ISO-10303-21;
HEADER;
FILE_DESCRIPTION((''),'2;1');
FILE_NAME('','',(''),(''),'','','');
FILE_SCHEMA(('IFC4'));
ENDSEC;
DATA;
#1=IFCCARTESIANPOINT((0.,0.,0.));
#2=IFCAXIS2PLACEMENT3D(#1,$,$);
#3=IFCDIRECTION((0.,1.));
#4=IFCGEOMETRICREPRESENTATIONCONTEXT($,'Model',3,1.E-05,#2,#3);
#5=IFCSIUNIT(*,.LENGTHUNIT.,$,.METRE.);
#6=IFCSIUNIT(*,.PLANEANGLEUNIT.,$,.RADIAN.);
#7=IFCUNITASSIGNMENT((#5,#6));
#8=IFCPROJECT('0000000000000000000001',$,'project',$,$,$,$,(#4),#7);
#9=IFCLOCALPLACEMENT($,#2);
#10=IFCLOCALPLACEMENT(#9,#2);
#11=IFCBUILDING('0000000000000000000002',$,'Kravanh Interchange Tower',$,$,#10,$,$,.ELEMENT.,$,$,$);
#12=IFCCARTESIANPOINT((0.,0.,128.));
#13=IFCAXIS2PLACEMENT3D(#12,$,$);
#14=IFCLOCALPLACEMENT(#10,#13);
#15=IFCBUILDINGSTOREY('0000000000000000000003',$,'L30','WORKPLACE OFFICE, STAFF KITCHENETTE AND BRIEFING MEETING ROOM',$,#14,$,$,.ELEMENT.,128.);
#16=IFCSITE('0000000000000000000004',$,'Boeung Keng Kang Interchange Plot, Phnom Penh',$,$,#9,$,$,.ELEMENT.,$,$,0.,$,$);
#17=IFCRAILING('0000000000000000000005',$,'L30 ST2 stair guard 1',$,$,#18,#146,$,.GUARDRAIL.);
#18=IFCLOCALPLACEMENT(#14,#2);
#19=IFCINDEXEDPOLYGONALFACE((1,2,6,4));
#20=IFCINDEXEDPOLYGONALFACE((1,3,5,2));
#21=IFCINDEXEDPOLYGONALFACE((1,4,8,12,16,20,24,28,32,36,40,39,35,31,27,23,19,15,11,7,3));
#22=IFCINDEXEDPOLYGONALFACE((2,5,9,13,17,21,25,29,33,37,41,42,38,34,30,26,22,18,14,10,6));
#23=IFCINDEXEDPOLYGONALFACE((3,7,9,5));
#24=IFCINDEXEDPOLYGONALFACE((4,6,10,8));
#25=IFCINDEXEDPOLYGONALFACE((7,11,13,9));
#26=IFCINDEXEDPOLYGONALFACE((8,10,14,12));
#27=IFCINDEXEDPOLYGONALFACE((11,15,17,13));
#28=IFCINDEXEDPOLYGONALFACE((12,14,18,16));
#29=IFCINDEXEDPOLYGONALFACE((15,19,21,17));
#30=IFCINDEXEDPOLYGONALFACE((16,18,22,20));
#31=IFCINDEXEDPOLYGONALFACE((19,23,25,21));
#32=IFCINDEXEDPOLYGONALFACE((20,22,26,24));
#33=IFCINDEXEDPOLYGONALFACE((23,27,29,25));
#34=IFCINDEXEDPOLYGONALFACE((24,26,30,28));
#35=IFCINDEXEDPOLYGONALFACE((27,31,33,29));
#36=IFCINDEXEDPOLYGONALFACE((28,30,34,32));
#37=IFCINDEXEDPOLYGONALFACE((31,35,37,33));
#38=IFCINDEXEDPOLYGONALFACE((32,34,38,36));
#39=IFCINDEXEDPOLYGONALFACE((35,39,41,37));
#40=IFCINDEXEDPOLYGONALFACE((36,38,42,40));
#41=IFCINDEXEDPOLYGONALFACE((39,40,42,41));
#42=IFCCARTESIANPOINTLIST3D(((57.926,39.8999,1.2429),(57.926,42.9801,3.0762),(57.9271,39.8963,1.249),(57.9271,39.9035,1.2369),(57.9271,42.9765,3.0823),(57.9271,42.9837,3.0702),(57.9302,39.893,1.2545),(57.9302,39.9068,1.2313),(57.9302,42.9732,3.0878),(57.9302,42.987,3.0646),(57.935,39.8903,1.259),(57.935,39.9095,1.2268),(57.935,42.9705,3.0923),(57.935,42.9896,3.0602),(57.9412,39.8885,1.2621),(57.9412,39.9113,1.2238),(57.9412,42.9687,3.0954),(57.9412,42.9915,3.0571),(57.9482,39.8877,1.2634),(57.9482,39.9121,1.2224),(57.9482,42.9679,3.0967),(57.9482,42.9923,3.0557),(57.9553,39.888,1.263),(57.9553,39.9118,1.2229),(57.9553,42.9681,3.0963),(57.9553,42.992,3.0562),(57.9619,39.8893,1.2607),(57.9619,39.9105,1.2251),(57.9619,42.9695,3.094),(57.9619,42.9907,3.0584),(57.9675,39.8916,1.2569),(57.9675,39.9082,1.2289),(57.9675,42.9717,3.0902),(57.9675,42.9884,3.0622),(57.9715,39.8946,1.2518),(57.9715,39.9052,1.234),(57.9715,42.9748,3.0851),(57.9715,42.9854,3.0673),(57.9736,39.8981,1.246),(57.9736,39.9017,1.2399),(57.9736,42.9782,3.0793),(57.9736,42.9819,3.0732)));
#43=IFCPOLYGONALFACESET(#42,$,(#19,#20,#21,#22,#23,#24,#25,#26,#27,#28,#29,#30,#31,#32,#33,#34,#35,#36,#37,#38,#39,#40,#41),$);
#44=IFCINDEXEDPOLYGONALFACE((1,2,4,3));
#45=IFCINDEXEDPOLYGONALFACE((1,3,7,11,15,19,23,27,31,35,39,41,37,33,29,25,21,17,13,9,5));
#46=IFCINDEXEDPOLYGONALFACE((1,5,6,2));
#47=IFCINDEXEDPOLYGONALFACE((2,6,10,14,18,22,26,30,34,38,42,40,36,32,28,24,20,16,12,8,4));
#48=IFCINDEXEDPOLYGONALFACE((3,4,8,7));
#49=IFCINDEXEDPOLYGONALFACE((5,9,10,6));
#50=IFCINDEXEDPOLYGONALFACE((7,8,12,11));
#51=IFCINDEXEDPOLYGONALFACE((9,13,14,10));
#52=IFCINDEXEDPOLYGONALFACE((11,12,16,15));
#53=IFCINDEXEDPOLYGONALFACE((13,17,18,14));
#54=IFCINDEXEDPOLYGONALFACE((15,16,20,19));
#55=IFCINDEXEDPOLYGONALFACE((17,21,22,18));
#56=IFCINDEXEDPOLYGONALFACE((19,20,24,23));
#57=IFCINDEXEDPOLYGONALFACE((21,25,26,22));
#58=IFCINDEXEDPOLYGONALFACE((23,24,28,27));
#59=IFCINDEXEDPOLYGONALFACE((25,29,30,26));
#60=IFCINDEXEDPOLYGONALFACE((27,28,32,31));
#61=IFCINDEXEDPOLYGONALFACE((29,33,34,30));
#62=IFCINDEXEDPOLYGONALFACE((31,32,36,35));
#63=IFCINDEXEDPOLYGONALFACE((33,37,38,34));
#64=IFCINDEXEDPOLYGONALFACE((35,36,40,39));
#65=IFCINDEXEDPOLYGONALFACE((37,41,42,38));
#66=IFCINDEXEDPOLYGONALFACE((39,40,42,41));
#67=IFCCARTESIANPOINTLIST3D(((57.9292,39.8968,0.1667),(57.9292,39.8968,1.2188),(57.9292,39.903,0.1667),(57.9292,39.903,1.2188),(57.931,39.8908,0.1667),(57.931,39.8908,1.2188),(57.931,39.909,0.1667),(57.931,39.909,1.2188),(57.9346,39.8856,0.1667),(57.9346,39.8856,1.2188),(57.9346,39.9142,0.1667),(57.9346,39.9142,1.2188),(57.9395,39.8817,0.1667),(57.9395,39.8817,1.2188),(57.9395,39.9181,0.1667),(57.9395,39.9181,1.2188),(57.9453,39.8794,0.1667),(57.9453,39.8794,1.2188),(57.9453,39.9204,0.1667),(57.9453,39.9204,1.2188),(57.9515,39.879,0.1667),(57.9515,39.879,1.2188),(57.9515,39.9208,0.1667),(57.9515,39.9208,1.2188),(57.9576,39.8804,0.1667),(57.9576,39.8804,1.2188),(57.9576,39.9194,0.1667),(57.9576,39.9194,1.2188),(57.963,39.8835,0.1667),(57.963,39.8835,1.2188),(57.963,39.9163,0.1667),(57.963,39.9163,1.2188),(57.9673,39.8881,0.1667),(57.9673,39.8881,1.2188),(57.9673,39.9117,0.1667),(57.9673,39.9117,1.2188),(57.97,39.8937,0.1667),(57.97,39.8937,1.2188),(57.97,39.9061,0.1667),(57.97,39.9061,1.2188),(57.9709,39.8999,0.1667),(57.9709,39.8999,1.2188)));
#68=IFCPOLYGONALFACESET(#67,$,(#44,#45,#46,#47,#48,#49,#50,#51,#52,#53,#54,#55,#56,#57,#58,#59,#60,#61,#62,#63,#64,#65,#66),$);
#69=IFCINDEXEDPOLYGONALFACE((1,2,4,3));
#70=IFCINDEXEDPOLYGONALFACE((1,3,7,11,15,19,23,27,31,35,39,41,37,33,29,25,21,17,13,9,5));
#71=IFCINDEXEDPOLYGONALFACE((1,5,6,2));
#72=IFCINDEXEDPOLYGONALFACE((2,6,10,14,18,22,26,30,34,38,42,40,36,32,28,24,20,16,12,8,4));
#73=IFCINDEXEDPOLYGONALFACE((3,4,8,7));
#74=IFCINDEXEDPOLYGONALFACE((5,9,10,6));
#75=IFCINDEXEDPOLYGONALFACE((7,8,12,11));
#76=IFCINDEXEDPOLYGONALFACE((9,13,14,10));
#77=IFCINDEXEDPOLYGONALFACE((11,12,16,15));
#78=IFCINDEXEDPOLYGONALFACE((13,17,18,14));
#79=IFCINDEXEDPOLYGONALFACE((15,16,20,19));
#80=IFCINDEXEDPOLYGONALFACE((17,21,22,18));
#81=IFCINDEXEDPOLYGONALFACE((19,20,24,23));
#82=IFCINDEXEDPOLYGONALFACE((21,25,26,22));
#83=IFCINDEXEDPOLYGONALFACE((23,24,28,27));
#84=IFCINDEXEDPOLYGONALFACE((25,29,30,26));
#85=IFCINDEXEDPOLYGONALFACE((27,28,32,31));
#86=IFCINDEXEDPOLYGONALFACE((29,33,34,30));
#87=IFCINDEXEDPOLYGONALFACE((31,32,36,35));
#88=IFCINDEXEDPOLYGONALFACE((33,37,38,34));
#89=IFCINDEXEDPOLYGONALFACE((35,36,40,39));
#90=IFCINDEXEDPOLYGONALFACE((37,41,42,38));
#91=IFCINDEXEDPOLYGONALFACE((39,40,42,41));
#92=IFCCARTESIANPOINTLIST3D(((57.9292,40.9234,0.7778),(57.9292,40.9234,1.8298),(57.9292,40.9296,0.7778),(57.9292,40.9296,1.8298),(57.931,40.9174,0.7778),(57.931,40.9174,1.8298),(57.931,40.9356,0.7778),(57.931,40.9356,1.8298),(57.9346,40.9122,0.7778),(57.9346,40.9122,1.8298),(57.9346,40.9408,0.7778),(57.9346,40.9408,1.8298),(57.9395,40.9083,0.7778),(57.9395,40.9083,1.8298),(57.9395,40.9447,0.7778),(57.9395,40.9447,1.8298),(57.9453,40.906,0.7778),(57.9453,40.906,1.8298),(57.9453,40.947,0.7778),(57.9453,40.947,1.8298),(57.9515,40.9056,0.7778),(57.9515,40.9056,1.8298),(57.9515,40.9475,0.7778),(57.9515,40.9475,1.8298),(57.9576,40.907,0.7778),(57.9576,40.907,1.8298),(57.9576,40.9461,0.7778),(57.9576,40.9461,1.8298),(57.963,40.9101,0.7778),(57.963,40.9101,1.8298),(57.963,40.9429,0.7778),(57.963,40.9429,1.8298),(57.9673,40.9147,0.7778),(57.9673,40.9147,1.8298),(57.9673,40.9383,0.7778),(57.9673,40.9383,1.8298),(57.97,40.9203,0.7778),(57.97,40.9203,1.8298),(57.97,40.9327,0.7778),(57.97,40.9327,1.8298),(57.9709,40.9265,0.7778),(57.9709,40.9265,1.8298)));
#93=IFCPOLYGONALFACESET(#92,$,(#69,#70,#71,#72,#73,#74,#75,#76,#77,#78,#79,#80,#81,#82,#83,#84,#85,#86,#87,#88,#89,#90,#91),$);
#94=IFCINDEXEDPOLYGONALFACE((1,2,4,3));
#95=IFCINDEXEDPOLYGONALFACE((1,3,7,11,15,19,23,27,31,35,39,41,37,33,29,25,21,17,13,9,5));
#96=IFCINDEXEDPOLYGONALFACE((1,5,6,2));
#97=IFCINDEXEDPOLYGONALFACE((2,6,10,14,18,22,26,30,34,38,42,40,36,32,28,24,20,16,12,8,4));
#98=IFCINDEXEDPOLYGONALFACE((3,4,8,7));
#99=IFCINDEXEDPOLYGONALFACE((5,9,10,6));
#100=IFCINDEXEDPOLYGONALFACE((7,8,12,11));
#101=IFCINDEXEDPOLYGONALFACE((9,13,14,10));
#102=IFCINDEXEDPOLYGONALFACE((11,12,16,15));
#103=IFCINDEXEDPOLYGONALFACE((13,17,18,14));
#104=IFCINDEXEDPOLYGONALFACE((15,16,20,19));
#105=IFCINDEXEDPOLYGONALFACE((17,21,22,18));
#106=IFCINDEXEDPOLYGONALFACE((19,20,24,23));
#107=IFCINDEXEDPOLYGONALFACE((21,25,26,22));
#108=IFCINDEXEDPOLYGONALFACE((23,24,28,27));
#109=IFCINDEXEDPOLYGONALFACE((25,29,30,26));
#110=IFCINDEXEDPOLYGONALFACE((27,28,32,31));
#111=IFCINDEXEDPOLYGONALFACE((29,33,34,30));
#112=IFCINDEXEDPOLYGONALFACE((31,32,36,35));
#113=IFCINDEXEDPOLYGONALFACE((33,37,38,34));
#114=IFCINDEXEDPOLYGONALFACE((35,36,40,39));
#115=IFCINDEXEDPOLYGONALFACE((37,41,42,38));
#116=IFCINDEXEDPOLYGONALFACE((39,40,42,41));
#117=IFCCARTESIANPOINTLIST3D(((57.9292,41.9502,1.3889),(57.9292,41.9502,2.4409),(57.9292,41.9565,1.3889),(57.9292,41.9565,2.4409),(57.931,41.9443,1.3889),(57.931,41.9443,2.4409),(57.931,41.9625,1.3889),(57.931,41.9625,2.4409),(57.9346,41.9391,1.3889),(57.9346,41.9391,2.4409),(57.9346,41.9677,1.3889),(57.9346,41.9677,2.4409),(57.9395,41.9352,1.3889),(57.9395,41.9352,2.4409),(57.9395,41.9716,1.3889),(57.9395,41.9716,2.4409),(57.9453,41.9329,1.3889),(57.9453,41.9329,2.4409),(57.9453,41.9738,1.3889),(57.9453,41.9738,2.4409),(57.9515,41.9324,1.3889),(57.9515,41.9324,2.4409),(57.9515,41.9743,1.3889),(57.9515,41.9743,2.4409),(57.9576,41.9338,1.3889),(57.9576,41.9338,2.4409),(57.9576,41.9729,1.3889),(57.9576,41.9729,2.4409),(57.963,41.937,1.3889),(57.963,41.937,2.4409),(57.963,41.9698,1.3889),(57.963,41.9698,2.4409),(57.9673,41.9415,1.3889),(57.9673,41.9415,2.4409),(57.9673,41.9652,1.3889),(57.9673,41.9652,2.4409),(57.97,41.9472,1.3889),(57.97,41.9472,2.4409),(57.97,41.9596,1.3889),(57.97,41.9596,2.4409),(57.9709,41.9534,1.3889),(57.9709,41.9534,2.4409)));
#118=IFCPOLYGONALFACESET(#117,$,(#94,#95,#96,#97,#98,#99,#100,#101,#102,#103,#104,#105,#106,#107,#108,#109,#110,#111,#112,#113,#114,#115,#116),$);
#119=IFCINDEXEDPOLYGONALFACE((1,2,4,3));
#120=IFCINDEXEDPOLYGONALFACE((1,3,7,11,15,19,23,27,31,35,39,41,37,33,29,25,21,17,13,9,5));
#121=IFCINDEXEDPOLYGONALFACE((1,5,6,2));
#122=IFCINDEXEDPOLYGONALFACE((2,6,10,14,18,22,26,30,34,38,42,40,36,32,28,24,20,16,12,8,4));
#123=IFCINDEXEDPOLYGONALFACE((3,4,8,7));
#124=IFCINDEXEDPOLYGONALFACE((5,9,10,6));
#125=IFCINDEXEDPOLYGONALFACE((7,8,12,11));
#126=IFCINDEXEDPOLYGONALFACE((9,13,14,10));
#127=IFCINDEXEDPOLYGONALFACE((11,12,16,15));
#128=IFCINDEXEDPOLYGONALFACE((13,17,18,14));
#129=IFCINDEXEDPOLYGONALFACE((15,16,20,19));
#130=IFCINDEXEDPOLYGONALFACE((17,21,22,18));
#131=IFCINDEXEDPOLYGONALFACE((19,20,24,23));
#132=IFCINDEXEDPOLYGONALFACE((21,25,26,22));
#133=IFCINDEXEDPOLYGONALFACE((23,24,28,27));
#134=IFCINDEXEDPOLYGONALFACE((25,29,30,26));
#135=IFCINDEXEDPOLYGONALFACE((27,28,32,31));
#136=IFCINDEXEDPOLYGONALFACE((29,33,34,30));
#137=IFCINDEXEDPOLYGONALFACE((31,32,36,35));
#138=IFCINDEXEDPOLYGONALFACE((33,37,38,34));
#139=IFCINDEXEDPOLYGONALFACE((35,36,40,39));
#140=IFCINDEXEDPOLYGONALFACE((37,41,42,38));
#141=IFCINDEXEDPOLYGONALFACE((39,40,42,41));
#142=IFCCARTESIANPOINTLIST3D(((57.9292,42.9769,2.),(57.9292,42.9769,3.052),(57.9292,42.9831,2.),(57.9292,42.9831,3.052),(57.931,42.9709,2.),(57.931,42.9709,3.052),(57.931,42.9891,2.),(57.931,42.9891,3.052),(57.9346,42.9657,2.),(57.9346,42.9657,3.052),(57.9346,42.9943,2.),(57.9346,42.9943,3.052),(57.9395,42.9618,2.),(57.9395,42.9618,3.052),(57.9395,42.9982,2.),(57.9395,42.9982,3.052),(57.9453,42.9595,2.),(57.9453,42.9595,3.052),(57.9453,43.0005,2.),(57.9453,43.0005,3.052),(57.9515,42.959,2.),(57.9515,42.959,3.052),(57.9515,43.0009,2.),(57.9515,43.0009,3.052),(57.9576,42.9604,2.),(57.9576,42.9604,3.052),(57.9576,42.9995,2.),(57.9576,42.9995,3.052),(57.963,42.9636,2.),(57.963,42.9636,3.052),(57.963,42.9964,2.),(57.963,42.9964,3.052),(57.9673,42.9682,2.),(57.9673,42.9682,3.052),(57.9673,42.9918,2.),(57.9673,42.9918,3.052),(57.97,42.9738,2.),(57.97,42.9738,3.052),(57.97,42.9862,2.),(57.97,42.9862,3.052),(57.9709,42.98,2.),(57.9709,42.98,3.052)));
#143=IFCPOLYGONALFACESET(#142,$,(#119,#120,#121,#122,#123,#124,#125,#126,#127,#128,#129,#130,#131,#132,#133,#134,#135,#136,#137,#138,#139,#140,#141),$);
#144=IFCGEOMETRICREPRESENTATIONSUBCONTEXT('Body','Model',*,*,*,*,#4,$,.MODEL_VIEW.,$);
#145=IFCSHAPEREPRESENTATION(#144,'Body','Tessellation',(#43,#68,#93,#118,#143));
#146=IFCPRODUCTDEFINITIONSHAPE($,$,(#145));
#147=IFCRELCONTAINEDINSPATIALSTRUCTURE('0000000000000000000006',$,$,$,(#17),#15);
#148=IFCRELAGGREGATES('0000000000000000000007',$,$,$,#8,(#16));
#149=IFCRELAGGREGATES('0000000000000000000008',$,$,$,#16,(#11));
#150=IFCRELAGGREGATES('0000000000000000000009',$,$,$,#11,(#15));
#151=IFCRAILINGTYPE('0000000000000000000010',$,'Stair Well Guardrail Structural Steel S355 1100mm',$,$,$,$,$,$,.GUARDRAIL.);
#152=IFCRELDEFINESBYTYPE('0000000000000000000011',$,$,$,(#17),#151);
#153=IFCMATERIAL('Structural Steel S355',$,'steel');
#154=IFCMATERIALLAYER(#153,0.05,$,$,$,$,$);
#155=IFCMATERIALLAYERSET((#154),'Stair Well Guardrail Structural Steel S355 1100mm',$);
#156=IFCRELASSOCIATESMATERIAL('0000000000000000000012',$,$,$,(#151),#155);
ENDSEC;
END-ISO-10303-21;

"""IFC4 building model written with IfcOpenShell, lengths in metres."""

from ifc_helpers import new_model, si_unit, direction, frame, origin, origin_2d, place, context, subcontext, project, spatial, circle, extrude, material, layer, layer_set, type_object, element, save


model = new_model("IFC4")

# Units and contexts
model_context = context("Model", 3, precision=1e-05, world=origin(), true_north=direction((0.0, 1.0)))
body_context = subcontext(model_context, "Body", "Model", "MODEL_VIEW")
ifc_project = project(units=[si_unit("LENGTHUNIT", "METRE"), si_unit("PLANEANGLEUNIT", "RADIAN")], contexts=[model_context])

# Site, building, storey
site_placement = place(None, origin())
site = spatial("IfcSite", under=ifc_project, at=site_placement, Name="Boeung Keng Kang Interchange Plot, Phnom Penh", CompositionType="ELEMENT", RefElevation=0.0)
building_placement = place(site_placement, origin())
building = spatial("IfcBuilding", under=site, at=building_placement, Name="Kravanh Interchange Tower", CompositionType="ELEMENT")
storey_placement = place(building_placement, frame((0.0, 0.0, 128.0)))
storey = spatial("IfcBuildingStorey", under=building, at=storey_placement, Name="L30", Description="WORKPLACE OFFICE, STAFF KITCHENETTE AND BRIEFING MEETING ROOM", CompositionType="ELEMENT", Elevation=128.0)

# Railing
ifc_material_1 = material(Name="Structural Steel S355", Category="steel")
ifc_layer_1 = layer(ifc_material_1, 0.05)
ifc_layer_set_1 = layer_set([ifc_layer_1], Name="Stair Well Guardrail Structural Steel S355 1100mm")
railing_type_1 = type_object("IfcRailingType", Name="Stair Well Guardrail Structural Steel S355 1100mm", PredefinedType="GUARDRAIL", material=ifc_layer_set_1)
railing_1_placement = place(storey_placement, frame((57.95, 39.8999, 0.1667)))
element("IfcRailing", 1, at=railing_1_placement, inside=storey, type_object=railing_type_1, Name="L30 ST2 stair guard 1", PredefinedType="GUARDRAIL", context=body_context, shape_type="SweptSolid", body=[
    extrude(circle(Radius=0.0239, at=origin_2d()), frame((0.0, 0.0, 1.0762), z_axis=(0.0, 0.859309, 0.511458), x_axis=(-1.0, 0.0, 0.0)), (0.0, 0.0, 1.0), 3.5845),
    extrude(circle(Radius=0.021, at=origin_2d()), origin(), (0.0, 0.0, 1.0), 1.052),
    extrude(circle(Radius=0.021, at=origin_2d()), frame((0.0, 1.0266, 0.6111)), (0.0, 0.0, 1.0), 1.052),
    extrude(circle(Radius=0.021, at=origin_2d()), frame((0.0, 2.0535, 1.2222)), (0.0, 0.0, 1.0), 1.052),
    extrude(circle(Radius=0.021, at=origin_2d()), frame((0.0, 3.0801, 1.8333)), (0.0, 0.0, 1.0), 1.052),
])

save(model, "model.ifc")
